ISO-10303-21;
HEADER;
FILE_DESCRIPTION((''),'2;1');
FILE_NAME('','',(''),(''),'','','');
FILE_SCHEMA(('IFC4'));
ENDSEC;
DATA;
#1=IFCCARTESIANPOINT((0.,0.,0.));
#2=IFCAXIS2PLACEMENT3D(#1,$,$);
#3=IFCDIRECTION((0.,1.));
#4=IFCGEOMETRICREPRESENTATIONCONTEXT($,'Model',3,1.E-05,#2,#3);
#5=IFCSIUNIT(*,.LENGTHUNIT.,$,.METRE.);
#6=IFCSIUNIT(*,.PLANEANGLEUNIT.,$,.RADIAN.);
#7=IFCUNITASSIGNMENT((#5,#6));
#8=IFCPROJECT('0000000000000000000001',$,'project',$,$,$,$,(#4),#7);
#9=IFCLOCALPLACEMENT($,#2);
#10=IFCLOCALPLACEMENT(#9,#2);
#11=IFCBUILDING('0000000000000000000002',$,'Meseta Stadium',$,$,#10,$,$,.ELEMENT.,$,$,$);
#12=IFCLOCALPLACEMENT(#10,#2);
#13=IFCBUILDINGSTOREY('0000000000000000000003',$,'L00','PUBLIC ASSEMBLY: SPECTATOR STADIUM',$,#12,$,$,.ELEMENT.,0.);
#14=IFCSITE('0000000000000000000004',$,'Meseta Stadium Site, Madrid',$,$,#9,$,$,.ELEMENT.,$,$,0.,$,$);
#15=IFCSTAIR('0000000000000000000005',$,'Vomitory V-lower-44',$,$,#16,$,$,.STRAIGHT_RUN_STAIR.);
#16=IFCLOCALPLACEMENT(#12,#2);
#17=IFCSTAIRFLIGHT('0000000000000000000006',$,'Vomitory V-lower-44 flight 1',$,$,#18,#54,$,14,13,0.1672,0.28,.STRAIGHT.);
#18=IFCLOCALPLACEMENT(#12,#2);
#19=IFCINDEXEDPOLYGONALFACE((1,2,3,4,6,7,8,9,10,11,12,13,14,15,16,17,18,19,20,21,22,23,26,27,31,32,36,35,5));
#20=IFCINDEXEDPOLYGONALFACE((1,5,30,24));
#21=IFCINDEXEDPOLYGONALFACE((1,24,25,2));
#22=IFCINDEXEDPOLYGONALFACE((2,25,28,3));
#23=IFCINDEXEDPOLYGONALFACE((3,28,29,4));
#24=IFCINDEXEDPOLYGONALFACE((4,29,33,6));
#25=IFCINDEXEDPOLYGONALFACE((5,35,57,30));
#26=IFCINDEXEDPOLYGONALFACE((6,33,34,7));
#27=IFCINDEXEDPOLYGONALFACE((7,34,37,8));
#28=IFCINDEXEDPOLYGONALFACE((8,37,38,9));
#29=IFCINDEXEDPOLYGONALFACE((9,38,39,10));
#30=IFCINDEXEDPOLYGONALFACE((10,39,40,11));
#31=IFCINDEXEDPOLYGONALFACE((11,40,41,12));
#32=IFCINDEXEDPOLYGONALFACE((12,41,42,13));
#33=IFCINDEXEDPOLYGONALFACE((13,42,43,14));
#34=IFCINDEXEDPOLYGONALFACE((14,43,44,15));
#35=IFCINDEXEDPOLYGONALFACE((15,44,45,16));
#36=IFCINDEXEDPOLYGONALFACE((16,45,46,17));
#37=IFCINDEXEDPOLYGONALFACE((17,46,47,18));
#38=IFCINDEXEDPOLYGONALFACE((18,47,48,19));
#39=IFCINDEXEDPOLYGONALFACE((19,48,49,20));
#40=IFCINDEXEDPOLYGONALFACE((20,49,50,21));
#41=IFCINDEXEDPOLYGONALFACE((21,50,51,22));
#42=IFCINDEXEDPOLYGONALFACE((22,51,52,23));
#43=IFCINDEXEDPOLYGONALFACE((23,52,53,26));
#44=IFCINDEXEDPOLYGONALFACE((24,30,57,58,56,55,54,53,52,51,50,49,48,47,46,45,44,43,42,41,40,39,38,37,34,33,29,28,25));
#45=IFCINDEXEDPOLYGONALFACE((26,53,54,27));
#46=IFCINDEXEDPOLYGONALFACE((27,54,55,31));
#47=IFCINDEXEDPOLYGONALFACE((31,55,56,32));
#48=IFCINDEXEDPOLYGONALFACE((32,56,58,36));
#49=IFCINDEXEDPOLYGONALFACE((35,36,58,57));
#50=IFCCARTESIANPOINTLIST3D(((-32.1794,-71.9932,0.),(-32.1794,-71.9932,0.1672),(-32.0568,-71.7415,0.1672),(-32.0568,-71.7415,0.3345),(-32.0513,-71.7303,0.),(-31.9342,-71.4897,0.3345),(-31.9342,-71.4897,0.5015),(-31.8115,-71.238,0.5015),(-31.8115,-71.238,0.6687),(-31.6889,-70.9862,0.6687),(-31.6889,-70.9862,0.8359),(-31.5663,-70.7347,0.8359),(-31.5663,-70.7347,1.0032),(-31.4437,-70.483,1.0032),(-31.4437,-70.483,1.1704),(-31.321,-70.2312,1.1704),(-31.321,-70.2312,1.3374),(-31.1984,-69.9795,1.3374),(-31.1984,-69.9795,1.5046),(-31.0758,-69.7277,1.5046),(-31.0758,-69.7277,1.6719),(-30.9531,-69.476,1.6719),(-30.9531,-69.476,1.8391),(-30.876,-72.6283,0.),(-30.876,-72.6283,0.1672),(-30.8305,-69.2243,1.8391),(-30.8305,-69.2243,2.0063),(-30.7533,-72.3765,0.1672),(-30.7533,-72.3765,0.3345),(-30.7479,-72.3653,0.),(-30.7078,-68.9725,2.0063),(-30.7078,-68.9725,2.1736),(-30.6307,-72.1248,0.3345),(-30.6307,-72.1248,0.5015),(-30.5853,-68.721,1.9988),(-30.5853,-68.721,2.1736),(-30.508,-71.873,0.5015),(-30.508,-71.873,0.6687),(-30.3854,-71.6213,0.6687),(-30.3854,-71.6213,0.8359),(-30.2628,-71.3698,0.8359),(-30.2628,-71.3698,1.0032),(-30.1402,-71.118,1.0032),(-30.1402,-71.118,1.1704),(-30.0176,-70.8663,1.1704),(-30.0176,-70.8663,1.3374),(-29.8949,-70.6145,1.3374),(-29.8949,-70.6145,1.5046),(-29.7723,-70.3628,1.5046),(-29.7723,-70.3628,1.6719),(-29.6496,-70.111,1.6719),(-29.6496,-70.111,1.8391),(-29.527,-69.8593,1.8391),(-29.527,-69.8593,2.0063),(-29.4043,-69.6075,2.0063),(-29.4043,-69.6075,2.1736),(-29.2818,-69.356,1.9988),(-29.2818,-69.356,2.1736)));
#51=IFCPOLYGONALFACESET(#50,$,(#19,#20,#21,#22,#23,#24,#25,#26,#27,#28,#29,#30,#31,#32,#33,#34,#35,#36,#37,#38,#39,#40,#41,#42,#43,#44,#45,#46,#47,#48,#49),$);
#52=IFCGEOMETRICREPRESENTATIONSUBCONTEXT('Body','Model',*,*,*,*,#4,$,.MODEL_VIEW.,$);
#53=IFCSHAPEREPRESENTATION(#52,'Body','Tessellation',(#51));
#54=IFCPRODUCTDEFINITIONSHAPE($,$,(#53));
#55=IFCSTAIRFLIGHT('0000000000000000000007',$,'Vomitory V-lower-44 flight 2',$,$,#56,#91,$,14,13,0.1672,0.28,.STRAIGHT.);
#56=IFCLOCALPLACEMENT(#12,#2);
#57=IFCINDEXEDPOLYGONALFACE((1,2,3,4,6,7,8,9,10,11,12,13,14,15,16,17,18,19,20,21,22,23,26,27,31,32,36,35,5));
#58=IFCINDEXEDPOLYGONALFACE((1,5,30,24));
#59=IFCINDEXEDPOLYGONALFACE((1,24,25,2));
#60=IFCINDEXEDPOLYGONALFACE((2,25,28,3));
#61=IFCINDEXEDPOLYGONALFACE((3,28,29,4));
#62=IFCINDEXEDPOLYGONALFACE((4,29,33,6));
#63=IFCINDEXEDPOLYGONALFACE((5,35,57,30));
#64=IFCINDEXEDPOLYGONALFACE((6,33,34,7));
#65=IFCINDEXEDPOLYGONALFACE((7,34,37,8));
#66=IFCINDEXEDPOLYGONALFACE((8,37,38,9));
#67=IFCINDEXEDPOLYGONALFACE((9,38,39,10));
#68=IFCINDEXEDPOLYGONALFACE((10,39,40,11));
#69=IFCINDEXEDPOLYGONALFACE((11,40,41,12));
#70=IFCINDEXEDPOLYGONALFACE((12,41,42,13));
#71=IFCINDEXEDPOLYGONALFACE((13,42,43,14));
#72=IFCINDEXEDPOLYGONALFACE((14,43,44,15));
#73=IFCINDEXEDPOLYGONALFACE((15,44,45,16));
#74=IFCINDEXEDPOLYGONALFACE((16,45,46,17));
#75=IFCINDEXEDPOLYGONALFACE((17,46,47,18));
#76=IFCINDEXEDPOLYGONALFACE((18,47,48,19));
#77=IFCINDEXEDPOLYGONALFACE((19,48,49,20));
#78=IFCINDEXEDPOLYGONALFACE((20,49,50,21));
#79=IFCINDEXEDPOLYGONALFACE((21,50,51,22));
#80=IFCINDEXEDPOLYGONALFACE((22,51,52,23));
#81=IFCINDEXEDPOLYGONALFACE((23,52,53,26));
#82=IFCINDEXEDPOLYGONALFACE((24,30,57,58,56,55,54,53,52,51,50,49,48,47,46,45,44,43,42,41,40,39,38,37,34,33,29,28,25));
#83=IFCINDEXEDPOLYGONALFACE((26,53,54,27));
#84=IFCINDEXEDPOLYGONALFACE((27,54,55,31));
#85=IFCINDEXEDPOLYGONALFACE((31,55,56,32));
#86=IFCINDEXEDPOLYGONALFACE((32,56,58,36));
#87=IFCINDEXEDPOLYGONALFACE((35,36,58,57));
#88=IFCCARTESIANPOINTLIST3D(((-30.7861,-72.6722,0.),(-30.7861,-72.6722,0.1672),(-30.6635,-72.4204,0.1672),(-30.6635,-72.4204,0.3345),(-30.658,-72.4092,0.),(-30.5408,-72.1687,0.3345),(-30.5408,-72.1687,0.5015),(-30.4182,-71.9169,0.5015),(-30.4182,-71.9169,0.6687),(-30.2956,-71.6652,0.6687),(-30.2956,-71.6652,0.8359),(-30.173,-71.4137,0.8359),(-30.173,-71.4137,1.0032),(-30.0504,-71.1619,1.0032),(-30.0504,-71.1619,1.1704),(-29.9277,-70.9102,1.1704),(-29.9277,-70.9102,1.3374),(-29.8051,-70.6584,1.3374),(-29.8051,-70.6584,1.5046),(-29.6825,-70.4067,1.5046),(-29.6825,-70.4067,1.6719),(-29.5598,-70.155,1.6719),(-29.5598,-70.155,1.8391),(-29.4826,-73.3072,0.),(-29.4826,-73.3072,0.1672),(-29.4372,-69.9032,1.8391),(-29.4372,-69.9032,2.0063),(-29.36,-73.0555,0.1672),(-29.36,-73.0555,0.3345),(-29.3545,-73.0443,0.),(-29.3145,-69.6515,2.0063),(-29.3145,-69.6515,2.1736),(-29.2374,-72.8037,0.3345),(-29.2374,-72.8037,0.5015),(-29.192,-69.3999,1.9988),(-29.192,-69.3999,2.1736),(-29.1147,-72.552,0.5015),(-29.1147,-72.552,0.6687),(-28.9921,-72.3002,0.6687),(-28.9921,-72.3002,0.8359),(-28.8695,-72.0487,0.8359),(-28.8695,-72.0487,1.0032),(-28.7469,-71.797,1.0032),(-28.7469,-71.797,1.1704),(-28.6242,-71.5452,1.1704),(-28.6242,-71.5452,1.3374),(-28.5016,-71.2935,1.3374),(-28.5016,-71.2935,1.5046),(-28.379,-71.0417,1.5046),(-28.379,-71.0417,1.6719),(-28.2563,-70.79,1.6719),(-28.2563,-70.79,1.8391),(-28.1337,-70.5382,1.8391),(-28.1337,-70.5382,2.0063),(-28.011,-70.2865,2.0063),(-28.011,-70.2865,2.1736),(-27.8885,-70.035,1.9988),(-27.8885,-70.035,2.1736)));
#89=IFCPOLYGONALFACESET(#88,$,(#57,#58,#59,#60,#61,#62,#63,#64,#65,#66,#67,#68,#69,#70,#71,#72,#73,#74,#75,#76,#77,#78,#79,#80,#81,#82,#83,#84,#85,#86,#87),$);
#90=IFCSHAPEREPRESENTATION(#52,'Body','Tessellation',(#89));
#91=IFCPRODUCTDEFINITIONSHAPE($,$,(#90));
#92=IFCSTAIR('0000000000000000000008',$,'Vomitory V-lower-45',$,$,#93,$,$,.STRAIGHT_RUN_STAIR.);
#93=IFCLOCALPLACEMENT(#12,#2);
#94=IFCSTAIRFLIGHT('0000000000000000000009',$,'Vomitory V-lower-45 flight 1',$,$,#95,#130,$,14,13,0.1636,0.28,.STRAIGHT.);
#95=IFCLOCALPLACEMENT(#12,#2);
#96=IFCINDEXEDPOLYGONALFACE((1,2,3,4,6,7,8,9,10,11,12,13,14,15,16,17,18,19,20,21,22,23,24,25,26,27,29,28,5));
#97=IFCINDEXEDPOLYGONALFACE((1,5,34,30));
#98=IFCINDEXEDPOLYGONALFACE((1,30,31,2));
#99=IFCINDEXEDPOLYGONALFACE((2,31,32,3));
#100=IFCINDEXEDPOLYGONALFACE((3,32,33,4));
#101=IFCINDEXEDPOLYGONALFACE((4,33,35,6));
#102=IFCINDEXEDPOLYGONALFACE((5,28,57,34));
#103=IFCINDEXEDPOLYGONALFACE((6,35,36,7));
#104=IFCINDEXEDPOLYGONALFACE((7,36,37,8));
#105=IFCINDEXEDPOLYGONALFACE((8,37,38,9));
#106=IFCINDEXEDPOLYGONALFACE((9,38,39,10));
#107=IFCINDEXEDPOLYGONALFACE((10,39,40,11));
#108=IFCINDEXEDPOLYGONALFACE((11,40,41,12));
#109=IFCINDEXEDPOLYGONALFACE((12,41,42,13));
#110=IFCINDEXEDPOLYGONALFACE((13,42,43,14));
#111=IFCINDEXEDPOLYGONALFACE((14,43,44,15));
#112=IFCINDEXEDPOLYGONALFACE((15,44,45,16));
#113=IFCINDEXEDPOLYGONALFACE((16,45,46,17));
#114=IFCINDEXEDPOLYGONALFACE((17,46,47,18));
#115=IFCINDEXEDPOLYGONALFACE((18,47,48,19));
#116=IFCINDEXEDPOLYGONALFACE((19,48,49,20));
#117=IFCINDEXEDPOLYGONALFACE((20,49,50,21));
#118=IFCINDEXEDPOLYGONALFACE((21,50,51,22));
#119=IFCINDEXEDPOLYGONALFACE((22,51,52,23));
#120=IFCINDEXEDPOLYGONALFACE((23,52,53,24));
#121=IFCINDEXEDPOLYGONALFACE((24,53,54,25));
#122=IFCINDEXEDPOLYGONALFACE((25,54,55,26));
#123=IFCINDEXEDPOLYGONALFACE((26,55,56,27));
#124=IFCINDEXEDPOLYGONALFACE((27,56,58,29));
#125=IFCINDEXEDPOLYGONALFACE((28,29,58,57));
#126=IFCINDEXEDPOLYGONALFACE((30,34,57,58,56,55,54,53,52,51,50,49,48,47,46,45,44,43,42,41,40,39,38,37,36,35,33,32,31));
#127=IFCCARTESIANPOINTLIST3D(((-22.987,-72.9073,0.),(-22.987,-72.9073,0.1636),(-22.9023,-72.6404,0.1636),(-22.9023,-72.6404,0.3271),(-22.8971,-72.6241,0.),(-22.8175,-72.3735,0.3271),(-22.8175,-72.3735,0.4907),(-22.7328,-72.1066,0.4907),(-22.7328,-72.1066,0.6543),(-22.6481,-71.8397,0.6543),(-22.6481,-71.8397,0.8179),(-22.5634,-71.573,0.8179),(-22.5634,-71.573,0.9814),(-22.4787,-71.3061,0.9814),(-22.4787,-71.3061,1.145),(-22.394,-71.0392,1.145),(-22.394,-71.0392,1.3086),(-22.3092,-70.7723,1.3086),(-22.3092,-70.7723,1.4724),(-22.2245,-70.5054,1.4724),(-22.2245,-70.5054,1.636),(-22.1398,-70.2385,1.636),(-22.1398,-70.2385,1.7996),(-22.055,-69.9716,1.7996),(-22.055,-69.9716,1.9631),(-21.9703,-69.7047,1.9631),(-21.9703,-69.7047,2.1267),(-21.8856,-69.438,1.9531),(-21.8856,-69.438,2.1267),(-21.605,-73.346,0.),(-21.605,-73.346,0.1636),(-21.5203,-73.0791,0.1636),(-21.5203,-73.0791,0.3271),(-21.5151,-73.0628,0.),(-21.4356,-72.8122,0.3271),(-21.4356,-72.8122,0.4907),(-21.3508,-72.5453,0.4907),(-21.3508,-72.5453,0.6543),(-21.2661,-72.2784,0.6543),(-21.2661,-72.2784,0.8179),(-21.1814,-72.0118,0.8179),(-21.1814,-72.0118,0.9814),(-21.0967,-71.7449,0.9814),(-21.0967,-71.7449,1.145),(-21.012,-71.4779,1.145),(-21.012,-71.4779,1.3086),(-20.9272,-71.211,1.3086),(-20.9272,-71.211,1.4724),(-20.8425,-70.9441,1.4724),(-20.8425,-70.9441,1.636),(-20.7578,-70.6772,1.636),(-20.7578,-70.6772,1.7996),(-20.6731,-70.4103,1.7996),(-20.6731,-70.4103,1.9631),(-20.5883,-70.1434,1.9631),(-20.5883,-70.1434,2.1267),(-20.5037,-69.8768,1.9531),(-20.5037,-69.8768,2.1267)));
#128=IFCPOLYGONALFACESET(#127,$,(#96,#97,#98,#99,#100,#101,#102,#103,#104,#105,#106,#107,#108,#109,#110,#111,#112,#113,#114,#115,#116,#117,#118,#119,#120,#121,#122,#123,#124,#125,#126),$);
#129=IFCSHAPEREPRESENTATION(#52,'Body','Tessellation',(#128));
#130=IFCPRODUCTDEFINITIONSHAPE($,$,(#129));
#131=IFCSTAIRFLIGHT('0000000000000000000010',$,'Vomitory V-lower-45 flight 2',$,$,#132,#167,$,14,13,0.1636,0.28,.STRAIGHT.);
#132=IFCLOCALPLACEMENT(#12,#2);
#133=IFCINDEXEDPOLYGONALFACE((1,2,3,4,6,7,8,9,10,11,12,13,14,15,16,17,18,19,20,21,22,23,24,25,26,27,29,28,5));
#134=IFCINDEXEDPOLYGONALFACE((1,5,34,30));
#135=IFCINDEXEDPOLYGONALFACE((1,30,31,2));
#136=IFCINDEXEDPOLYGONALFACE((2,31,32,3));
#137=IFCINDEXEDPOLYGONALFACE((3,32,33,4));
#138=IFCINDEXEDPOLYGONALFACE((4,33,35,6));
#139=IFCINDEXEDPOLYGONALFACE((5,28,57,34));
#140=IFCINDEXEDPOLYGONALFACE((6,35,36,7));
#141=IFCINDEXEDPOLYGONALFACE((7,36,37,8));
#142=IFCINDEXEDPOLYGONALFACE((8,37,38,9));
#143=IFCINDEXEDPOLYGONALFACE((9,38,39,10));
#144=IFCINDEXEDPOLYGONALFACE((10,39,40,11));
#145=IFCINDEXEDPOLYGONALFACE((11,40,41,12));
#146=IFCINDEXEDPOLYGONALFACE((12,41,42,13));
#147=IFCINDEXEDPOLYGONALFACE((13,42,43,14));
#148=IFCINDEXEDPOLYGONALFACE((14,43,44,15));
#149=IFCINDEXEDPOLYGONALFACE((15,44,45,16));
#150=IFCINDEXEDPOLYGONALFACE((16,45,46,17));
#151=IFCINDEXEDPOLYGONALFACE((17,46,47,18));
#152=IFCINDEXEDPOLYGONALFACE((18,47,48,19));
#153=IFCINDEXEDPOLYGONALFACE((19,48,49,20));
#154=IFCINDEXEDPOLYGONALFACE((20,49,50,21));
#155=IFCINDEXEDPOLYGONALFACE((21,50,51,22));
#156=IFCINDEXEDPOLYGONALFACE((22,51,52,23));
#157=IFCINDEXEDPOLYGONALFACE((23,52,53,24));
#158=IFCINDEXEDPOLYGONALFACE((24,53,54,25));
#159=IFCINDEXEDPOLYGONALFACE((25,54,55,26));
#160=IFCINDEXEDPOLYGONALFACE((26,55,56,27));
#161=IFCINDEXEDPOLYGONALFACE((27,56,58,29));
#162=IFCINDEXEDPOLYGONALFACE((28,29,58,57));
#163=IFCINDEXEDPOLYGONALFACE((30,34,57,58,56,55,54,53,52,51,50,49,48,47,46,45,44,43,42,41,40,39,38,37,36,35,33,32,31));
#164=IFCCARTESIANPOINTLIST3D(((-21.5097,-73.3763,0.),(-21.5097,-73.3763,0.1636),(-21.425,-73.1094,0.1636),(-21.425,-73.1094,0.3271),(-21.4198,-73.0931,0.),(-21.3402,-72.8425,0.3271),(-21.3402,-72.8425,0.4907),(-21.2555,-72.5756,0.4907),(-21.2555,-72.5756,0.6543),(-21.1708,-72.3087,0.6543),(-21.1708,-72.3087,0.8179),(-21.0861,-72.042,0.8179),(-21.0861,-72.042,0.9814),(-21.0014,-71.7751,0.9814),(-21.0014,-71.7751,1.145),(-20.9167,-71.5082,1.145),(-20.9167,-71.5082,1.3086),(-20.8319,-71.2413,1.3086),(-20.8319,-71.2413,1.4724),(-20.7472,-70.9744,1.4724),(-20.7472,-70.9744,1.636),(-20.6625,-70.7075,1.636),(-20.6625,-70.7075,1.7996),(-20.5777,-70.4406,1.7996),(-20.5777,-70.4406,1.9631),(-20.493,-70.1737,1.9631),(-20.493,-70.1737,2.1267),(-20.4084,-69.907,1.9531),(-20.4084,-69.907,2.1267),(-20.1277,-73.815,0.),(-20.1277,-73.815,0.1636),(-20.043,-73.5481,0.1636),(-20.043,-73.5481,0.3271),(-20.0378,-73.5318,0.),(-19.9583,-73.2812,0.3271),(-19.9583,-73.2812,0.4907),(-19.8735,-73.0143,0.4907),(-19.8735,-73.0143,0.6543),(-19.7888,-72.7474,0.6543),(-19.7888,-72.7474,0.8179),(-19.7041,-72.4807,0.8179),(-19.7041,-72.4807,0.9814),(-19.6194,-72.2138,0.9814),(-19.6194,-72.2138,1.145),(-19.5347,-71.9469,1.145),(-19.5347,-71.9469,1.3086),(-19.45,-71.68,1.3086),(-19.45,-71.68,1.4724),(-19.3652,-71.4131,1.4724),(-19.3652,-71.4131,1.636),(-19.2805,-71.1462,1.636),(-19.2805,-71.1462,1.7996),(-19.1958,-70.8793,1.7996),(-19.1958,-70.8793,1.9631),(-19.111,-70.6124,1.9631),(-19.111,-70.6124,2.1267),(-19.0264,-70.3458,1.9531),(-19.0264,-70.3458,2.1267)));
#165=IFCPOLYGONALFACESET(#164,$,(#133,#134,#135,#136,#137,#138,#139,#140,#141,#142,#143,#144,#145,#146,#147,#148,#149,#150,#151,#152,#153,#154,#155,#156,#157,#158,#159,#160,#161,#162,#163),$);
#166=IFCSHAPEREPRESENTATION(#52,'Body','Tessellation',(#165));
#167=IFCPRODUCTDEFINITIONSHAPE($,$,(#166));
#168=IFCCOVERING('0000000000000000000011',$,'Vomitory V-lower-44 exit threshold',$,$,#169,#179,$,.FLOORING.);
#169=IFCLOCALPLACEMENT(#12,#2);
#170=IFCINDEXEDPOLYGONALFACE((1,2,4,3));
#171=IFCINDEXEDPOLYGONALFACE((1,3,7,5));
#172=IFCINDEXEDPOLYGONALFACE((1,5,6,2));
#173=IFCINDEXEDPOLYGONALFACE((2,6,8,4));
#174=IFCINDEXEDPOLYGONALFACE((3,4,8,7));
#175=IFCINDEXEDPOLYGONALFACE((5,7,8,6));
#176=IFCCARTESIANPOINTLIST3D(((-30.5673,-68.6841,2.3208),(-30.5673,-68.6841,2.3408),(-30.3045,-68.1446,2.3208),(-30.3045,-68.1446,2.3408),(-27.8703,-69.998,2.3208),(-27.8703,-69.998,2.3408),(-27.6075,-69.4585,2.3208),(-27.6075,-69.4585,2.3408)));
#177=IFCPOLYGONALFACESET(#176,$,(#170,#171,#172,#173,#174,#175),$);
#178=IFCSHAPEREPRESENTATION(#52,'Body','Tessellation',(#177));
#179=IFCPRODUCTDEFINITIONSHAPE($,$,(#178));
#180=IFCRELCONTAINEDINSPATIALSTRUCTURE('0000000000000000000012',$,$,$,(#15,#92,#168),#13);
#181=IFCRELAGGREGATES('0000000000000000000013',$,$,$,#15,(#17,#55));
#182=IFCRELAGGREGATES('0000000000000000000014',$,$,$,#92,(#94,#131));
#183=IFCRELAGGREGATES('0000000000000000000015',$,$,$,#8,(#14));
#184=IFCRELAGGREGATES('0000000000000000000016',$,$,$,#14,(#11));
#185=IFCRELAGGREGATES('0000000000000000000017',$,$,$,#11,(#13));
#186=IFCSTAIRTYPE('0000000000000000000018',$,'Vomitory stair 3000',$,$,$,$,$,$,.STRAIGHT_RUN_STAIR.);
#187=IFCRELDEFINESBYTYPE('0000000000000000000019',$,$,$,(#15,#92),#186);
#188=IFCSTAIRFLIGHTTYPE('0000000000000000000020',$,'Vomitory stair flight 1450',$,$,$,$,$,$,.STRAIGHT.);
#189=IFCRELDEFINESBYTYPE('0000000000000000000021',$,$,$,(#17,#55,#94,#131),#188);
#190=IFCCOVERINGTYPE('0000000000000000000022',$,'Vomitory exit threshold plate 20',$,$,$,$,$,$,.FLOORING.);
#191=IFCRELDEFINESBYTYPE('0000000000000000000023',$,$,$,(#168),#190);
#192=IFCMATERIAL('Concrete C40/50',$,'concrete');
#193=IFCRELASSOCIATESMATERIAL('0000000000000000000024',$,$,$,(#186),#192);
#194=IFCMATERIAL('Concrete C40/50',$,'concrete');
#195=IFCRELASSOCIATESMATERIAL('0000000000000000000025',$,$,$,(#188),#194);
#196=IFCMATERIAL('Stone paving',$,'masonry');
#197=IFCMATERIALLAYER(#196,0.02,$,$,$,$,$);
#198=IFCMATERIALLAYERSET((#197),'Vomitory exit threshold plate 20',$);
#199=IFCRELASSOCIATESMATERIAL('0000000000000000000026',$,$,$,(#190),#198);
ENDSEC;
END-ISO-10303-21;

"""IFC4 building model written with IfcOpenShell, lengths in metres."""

from ifc_helpers import new_model, si_unit, direction, frame, origin, origin_2d, place, context, subcontext, project, spatial, polyline, rectangle, outline, extrude, material, layer, layer_set, type_object, element, aggregate, save


model = new_model("IFC4")

# Units and contexts
model_context = context("Model", 3, precision=1e-05, world=origin(), true_north=direction((0.0, 1.0)))
body_context = subcontext(model_context, "Body", "Model", "MODEL_VIEW")
ifc_project = project(units=[si_unit("LENGTHUNIT", "METRE"), si_unit("PLANEANGLEUNIT", "RADIAN")], contexts=[model_context])

# Site, building, storey
site_placement = place(None, origin())
site = spatial("IfcSite", under=ifc_project, at=site_placement, Name="Meseta Stadium Site, Madrid", CompositionType="ELEMENT", RefElevation=0.0)
building_placement = place(site_placement, origin())
building = spatial("IfcBuilding", under=site, at=building_placement, Name="Meseta Stadium", CompositionType="ELEMENT")
storey_placement = place(building_placement, origin())
storey = spatial("IfcBuildingStorey", under=building, at=storey_placement, Name="L00", Description="PUBLIC ASSEMBLY: SPECTATOR STADIUM", CompositionType="ELEMENT", Elevation=0.0)

# Stairs, stair flights
ifc_material_1 = material(Name="Concrete C40/50", Category="concrete")
stair_type = type_object("IfcStairType", Name="Vomitory stair 3000", PredefinedType="STRAIGHT_RUN_STAIR", material=ifc_material_1)
stair_1_placement = place(storey_placement, origin())
stair_1 = element("IfcStair", 1, at=stair_1_placement, inside=storey, type_object=stair_type, Name="Vomitory V-lower-44", PredefinedType="STRAIGHT_RUN_STAIR")
ifc_material_2 = material(Name="Concrete C40/50", Category="concrete")
stair_flight_type = type_object("IfcStairFlightType", Name="Vomitory stair flight 1450", PredefinedType="STRAIGHT", material=ifc_material_2)
stair_flight_1_placement = place(storey_placement, frame((-31.5276, -72.3108, 0.0), z_axis=(0.0, 0.0, 1.0), x_axis=(0.437966, 0.898991, 0.0)))
stair_flight_1 = element("IfcStairFlight", 2, at=stair_flight_1_placement, type_object=stair_flight_type, Name="Vomitory V-lower-44 flight 1", NumberOfRisers=14, NumberOfTreads=13, PredefinedType="STRAIGHT", RiserHeight=0.1672, TreadLength=0.28, context=body_context, shape_type="SweptSolid", body=[
    extrude(outline(polyline([(0.0, 0.0), (0.0, 0.1672), (0.28, 0.1672), (0.28, 0.3345), (0.5601, 0.3345), (0.5601, 0.5015), (0.8401, 0.5015), (0.8401, 0.6687), (1.1201, 0.6687), (1.1201, 0.8359), (1.3999, 0.8359), (1.3999, 1.0032), (1.6799, 1.0032), (1.6799, 1.1704), (1.96, 1.1704), (1.96, 1.3374), (2.24, 1.3374), (2.24, 1.5046), (2.52, 1.5046), (2.52, 1.6719), (2.8, 1.6719), (2.8, 1.8391), (3.0801, 1.8391), (3.0801, 2.0063), (3.3601, 2.0063), (3.3601, 2.1736), (3.6399, 2.1736), (3.6399, 1.9988), (0.2925, 0.0), (0.0, 0.0)])), frame((0.0, 0.7251, 0.0), z_axis=(0.0, -1.0, 0.0), x_axis=(1.0, 0.0, 0.0)), (0.0, 0.0, 1.0), 1.45),
])
stair_flight_2_placement = place(storey_placement, frame((-30.1343, -72.9897, 0.0), z_axis=(0.0, 0.0, 1.0), x_axis=(0.437966, 0.898991, 0.0)))
stair_flight_2 = element("IfcStairFlight", 3, at=stair_flight_2_placement, type_object=stair_flight_type, Name="Vomitory V-lower-44 flight 2", NumberOfRisers=14, NumberOfTreads=13, PredefinedType="STRAIGHT", RiserHeight=0.1672, TreadLength=0.28, context=body_context, shape_type="SweptSolid", body=[
    extrude(outline(polyline([(0.0, 0.0), (0.0, 0.1672), (0.28, 0.1672), (0.28, 0.3345), (0.5601, 0.3345), (0.5601, 0.5015), (0.8401, 0.5015), (0.8401, 0.6687), (1.1201, 0.6687), (1.1201, 0.8359), (1.3999, 0.8359), (1.3999, 1.0032), (1.6799, 1.0032), (1.6799, 1.1704), (1.96, 1.1704), (1.96, 1.3374), (2.24, 1.3374), (2.24, 1.5046), (2.52, 1.5046), (2.52, 1.6719), (2.8, 1.6719), (2.8, 1.8391), (3.0801, 1.8391), (3.0801, 2.0063), (3.3601, 2.0063), (3.3601, 2.1736), (3.6399, 2.1736), (3.6399, 1.9988), (0.2925, 0.0), (0.0, 0.0)])), frame((0.0, 0.7251, 0.0), z_axis=(0.0, -1.0, 0.0), x_axis=(1.0, 0.0, 0.0)), (0.0, 0.0, 1.0), 1.45),
])
aggregate(stair_1, [stair_flight_1, stair_flight_2])
stair_2_placement = place(storey_placement, origin())
stair_2 = element("IfcStair", 4, at=stair_2_placement, inside=storey, type_object=stair_type, Name="Vomitory V-lower-45", PredefinedType="STRAIGHT_RUN_STAIR")
stair_flight_3_placement = place(storey_placement, frame((-22.2959, -73.1267, 0.0), z_axis=(0.0, 0.0, 1.0), x_axis=(0.30258, 0.953124, 0.0)))
stair_flight_3 = element("IfcStairFlight", 5, at=stair_flight_3_placement, type_object=stair_flight_type, Name="Vomitory V-lower-45 flight 1", NumberOfRisers=14, NumberOfTreads=13, PredefinedType="STRAIGHT", RiserHeight=0.1636, TreadLength=0.28, context=body_context, shape_type="SweptSolid", body=[
    extrude(outline(polyline([(0.0, 0.0), (0.0, 0.1636), (0.28, 0.1636), (0.28, 0.3271), (0.5601, 0.3271), (0.5601, 0.4907), (0.8401, 0.4907), (0.8401, 0.6543), (1.1201, 0.6543), (1.1201, 0.8179), (1.3999, 0.8179), (1.3999, 0.9814), (1.6799, 0.9814), (1.6799, 1.145), (1.96, 1.145), (1.96, 1.3086), (2.24, 1.3086), (2.24, 1.4724), (2.52, 1.4724), (2.52, 1.636), (2.8, 1.636), (2.8, 1.7996), (3.0801, 1.7996), (3.0801, 1.9631), (3.3601, 1.9631), (3.3601, 2.1267), (3.6399, 2.1267), (3.6399, 1.9531), (0.2971, 0.0), (0.0, 0.0)])), frame((0.0, 0.7251, 0.0), z_axis=(0.0, -1.0, 0.0), x_axis=(1.0, 0.0, 0.0)), (0.0, 0.0, 1.0), 1.45),
])
stair_flight_4_placement = place(storey_placement, frame((-20.8186, -73.5957, 0.0), z_axis=(0.0, 0.0, 1.0), x_axis=(0.30258, 0.953124, 0.0)))
stair_flight_4 = element("IfcStairFlight", 6, at=stair_flight_4_placement, type_object=stair_flight_type, Name="Vomitory V-lower-45 flight 2", NumberOfRisers=14, NumberOfTreads=13, PredefinedType="STRAIGHT", RiserHeight=0.1636, TreadLength=0.28, context=body_context, shape_type="SweptSolid", body=[
    extrude(outline(polyline([(0.0, 0.0), (0.0, 0.1636), (0.28, 0.1636), (0.28, 0.3271), (0.5601, 0.3271), (0.5601, 0.4907), (0.8401, 0.4907), (0.8401, 0.6543), (1.1201, 0.6543), (1.1201, 0.8179), (1.3999, 0.8179), (1.3999, 0.9814), (1.6799, 0.9814), (1.6799, 1.145), (1.96, 1.145), (1.96, 1.3086), (2.24, 1.3086), (2.24, 1.4724), (2.52, 1.4724), (2.52, 1.636), (2.8, 1.636), (2.8, 1.7996), (3.0801, 1.7996), (3.0801, 1.9631), (3.3601, 1.9631), (3.3601, 2.1267), (3.6399, 2.1267), (3.6399, 1.9531), (0.2971, 0.0), (0.0, 0.0)])), frame((0.0, 0.7251, 0.0), z_axis=(0.0, -1.0, 0.0), x_axis=(1.0, 0.0, 0.0)), (0.0, 0.0, 1.0), 1.45),
])
aggregate(stair_2, [stair_flight_3, stair_flight_4])

# Covering
ifc_material_3 = material(Name="Stone paving", Category="masonry")
ifc_layer = layer(ifc_material_3, 0.02)
ifc_layer_set = layer_set([ifc_layer], Name="Vomitory exit threshold plate 20")
covering_type = type_object("IfcCoveringType", Name="Vomitory exit threshold plate 20", PredefinedType="FLOORING", material=ifc_layer_set)
for number, where, z_axis, x_axis, name in (
    (7, (-29.0874, -69.0713, 2.3208), (0.0, 0.0, 1.0), (0.437966, 0.898991, 0.0), "Vomitory V-lower-44 exit threshold"),
):
    element("IfcCovering", number, at=place(storey_placement, frame(where, z_axis=z_axis, x_axis=x_axis)), inside=storey, type_object=covering_type, Name=name, PredefinedType="FLOORING", context=body_context, shape_type="SweptSolid", body=[
        extrude(rectangle(XDim=0.6001, YDim=3.0, at=origin_2d()), origin(), (0.0, 0.0, 1.0), 0.02),
    ])

save(model, "model.ifc")
